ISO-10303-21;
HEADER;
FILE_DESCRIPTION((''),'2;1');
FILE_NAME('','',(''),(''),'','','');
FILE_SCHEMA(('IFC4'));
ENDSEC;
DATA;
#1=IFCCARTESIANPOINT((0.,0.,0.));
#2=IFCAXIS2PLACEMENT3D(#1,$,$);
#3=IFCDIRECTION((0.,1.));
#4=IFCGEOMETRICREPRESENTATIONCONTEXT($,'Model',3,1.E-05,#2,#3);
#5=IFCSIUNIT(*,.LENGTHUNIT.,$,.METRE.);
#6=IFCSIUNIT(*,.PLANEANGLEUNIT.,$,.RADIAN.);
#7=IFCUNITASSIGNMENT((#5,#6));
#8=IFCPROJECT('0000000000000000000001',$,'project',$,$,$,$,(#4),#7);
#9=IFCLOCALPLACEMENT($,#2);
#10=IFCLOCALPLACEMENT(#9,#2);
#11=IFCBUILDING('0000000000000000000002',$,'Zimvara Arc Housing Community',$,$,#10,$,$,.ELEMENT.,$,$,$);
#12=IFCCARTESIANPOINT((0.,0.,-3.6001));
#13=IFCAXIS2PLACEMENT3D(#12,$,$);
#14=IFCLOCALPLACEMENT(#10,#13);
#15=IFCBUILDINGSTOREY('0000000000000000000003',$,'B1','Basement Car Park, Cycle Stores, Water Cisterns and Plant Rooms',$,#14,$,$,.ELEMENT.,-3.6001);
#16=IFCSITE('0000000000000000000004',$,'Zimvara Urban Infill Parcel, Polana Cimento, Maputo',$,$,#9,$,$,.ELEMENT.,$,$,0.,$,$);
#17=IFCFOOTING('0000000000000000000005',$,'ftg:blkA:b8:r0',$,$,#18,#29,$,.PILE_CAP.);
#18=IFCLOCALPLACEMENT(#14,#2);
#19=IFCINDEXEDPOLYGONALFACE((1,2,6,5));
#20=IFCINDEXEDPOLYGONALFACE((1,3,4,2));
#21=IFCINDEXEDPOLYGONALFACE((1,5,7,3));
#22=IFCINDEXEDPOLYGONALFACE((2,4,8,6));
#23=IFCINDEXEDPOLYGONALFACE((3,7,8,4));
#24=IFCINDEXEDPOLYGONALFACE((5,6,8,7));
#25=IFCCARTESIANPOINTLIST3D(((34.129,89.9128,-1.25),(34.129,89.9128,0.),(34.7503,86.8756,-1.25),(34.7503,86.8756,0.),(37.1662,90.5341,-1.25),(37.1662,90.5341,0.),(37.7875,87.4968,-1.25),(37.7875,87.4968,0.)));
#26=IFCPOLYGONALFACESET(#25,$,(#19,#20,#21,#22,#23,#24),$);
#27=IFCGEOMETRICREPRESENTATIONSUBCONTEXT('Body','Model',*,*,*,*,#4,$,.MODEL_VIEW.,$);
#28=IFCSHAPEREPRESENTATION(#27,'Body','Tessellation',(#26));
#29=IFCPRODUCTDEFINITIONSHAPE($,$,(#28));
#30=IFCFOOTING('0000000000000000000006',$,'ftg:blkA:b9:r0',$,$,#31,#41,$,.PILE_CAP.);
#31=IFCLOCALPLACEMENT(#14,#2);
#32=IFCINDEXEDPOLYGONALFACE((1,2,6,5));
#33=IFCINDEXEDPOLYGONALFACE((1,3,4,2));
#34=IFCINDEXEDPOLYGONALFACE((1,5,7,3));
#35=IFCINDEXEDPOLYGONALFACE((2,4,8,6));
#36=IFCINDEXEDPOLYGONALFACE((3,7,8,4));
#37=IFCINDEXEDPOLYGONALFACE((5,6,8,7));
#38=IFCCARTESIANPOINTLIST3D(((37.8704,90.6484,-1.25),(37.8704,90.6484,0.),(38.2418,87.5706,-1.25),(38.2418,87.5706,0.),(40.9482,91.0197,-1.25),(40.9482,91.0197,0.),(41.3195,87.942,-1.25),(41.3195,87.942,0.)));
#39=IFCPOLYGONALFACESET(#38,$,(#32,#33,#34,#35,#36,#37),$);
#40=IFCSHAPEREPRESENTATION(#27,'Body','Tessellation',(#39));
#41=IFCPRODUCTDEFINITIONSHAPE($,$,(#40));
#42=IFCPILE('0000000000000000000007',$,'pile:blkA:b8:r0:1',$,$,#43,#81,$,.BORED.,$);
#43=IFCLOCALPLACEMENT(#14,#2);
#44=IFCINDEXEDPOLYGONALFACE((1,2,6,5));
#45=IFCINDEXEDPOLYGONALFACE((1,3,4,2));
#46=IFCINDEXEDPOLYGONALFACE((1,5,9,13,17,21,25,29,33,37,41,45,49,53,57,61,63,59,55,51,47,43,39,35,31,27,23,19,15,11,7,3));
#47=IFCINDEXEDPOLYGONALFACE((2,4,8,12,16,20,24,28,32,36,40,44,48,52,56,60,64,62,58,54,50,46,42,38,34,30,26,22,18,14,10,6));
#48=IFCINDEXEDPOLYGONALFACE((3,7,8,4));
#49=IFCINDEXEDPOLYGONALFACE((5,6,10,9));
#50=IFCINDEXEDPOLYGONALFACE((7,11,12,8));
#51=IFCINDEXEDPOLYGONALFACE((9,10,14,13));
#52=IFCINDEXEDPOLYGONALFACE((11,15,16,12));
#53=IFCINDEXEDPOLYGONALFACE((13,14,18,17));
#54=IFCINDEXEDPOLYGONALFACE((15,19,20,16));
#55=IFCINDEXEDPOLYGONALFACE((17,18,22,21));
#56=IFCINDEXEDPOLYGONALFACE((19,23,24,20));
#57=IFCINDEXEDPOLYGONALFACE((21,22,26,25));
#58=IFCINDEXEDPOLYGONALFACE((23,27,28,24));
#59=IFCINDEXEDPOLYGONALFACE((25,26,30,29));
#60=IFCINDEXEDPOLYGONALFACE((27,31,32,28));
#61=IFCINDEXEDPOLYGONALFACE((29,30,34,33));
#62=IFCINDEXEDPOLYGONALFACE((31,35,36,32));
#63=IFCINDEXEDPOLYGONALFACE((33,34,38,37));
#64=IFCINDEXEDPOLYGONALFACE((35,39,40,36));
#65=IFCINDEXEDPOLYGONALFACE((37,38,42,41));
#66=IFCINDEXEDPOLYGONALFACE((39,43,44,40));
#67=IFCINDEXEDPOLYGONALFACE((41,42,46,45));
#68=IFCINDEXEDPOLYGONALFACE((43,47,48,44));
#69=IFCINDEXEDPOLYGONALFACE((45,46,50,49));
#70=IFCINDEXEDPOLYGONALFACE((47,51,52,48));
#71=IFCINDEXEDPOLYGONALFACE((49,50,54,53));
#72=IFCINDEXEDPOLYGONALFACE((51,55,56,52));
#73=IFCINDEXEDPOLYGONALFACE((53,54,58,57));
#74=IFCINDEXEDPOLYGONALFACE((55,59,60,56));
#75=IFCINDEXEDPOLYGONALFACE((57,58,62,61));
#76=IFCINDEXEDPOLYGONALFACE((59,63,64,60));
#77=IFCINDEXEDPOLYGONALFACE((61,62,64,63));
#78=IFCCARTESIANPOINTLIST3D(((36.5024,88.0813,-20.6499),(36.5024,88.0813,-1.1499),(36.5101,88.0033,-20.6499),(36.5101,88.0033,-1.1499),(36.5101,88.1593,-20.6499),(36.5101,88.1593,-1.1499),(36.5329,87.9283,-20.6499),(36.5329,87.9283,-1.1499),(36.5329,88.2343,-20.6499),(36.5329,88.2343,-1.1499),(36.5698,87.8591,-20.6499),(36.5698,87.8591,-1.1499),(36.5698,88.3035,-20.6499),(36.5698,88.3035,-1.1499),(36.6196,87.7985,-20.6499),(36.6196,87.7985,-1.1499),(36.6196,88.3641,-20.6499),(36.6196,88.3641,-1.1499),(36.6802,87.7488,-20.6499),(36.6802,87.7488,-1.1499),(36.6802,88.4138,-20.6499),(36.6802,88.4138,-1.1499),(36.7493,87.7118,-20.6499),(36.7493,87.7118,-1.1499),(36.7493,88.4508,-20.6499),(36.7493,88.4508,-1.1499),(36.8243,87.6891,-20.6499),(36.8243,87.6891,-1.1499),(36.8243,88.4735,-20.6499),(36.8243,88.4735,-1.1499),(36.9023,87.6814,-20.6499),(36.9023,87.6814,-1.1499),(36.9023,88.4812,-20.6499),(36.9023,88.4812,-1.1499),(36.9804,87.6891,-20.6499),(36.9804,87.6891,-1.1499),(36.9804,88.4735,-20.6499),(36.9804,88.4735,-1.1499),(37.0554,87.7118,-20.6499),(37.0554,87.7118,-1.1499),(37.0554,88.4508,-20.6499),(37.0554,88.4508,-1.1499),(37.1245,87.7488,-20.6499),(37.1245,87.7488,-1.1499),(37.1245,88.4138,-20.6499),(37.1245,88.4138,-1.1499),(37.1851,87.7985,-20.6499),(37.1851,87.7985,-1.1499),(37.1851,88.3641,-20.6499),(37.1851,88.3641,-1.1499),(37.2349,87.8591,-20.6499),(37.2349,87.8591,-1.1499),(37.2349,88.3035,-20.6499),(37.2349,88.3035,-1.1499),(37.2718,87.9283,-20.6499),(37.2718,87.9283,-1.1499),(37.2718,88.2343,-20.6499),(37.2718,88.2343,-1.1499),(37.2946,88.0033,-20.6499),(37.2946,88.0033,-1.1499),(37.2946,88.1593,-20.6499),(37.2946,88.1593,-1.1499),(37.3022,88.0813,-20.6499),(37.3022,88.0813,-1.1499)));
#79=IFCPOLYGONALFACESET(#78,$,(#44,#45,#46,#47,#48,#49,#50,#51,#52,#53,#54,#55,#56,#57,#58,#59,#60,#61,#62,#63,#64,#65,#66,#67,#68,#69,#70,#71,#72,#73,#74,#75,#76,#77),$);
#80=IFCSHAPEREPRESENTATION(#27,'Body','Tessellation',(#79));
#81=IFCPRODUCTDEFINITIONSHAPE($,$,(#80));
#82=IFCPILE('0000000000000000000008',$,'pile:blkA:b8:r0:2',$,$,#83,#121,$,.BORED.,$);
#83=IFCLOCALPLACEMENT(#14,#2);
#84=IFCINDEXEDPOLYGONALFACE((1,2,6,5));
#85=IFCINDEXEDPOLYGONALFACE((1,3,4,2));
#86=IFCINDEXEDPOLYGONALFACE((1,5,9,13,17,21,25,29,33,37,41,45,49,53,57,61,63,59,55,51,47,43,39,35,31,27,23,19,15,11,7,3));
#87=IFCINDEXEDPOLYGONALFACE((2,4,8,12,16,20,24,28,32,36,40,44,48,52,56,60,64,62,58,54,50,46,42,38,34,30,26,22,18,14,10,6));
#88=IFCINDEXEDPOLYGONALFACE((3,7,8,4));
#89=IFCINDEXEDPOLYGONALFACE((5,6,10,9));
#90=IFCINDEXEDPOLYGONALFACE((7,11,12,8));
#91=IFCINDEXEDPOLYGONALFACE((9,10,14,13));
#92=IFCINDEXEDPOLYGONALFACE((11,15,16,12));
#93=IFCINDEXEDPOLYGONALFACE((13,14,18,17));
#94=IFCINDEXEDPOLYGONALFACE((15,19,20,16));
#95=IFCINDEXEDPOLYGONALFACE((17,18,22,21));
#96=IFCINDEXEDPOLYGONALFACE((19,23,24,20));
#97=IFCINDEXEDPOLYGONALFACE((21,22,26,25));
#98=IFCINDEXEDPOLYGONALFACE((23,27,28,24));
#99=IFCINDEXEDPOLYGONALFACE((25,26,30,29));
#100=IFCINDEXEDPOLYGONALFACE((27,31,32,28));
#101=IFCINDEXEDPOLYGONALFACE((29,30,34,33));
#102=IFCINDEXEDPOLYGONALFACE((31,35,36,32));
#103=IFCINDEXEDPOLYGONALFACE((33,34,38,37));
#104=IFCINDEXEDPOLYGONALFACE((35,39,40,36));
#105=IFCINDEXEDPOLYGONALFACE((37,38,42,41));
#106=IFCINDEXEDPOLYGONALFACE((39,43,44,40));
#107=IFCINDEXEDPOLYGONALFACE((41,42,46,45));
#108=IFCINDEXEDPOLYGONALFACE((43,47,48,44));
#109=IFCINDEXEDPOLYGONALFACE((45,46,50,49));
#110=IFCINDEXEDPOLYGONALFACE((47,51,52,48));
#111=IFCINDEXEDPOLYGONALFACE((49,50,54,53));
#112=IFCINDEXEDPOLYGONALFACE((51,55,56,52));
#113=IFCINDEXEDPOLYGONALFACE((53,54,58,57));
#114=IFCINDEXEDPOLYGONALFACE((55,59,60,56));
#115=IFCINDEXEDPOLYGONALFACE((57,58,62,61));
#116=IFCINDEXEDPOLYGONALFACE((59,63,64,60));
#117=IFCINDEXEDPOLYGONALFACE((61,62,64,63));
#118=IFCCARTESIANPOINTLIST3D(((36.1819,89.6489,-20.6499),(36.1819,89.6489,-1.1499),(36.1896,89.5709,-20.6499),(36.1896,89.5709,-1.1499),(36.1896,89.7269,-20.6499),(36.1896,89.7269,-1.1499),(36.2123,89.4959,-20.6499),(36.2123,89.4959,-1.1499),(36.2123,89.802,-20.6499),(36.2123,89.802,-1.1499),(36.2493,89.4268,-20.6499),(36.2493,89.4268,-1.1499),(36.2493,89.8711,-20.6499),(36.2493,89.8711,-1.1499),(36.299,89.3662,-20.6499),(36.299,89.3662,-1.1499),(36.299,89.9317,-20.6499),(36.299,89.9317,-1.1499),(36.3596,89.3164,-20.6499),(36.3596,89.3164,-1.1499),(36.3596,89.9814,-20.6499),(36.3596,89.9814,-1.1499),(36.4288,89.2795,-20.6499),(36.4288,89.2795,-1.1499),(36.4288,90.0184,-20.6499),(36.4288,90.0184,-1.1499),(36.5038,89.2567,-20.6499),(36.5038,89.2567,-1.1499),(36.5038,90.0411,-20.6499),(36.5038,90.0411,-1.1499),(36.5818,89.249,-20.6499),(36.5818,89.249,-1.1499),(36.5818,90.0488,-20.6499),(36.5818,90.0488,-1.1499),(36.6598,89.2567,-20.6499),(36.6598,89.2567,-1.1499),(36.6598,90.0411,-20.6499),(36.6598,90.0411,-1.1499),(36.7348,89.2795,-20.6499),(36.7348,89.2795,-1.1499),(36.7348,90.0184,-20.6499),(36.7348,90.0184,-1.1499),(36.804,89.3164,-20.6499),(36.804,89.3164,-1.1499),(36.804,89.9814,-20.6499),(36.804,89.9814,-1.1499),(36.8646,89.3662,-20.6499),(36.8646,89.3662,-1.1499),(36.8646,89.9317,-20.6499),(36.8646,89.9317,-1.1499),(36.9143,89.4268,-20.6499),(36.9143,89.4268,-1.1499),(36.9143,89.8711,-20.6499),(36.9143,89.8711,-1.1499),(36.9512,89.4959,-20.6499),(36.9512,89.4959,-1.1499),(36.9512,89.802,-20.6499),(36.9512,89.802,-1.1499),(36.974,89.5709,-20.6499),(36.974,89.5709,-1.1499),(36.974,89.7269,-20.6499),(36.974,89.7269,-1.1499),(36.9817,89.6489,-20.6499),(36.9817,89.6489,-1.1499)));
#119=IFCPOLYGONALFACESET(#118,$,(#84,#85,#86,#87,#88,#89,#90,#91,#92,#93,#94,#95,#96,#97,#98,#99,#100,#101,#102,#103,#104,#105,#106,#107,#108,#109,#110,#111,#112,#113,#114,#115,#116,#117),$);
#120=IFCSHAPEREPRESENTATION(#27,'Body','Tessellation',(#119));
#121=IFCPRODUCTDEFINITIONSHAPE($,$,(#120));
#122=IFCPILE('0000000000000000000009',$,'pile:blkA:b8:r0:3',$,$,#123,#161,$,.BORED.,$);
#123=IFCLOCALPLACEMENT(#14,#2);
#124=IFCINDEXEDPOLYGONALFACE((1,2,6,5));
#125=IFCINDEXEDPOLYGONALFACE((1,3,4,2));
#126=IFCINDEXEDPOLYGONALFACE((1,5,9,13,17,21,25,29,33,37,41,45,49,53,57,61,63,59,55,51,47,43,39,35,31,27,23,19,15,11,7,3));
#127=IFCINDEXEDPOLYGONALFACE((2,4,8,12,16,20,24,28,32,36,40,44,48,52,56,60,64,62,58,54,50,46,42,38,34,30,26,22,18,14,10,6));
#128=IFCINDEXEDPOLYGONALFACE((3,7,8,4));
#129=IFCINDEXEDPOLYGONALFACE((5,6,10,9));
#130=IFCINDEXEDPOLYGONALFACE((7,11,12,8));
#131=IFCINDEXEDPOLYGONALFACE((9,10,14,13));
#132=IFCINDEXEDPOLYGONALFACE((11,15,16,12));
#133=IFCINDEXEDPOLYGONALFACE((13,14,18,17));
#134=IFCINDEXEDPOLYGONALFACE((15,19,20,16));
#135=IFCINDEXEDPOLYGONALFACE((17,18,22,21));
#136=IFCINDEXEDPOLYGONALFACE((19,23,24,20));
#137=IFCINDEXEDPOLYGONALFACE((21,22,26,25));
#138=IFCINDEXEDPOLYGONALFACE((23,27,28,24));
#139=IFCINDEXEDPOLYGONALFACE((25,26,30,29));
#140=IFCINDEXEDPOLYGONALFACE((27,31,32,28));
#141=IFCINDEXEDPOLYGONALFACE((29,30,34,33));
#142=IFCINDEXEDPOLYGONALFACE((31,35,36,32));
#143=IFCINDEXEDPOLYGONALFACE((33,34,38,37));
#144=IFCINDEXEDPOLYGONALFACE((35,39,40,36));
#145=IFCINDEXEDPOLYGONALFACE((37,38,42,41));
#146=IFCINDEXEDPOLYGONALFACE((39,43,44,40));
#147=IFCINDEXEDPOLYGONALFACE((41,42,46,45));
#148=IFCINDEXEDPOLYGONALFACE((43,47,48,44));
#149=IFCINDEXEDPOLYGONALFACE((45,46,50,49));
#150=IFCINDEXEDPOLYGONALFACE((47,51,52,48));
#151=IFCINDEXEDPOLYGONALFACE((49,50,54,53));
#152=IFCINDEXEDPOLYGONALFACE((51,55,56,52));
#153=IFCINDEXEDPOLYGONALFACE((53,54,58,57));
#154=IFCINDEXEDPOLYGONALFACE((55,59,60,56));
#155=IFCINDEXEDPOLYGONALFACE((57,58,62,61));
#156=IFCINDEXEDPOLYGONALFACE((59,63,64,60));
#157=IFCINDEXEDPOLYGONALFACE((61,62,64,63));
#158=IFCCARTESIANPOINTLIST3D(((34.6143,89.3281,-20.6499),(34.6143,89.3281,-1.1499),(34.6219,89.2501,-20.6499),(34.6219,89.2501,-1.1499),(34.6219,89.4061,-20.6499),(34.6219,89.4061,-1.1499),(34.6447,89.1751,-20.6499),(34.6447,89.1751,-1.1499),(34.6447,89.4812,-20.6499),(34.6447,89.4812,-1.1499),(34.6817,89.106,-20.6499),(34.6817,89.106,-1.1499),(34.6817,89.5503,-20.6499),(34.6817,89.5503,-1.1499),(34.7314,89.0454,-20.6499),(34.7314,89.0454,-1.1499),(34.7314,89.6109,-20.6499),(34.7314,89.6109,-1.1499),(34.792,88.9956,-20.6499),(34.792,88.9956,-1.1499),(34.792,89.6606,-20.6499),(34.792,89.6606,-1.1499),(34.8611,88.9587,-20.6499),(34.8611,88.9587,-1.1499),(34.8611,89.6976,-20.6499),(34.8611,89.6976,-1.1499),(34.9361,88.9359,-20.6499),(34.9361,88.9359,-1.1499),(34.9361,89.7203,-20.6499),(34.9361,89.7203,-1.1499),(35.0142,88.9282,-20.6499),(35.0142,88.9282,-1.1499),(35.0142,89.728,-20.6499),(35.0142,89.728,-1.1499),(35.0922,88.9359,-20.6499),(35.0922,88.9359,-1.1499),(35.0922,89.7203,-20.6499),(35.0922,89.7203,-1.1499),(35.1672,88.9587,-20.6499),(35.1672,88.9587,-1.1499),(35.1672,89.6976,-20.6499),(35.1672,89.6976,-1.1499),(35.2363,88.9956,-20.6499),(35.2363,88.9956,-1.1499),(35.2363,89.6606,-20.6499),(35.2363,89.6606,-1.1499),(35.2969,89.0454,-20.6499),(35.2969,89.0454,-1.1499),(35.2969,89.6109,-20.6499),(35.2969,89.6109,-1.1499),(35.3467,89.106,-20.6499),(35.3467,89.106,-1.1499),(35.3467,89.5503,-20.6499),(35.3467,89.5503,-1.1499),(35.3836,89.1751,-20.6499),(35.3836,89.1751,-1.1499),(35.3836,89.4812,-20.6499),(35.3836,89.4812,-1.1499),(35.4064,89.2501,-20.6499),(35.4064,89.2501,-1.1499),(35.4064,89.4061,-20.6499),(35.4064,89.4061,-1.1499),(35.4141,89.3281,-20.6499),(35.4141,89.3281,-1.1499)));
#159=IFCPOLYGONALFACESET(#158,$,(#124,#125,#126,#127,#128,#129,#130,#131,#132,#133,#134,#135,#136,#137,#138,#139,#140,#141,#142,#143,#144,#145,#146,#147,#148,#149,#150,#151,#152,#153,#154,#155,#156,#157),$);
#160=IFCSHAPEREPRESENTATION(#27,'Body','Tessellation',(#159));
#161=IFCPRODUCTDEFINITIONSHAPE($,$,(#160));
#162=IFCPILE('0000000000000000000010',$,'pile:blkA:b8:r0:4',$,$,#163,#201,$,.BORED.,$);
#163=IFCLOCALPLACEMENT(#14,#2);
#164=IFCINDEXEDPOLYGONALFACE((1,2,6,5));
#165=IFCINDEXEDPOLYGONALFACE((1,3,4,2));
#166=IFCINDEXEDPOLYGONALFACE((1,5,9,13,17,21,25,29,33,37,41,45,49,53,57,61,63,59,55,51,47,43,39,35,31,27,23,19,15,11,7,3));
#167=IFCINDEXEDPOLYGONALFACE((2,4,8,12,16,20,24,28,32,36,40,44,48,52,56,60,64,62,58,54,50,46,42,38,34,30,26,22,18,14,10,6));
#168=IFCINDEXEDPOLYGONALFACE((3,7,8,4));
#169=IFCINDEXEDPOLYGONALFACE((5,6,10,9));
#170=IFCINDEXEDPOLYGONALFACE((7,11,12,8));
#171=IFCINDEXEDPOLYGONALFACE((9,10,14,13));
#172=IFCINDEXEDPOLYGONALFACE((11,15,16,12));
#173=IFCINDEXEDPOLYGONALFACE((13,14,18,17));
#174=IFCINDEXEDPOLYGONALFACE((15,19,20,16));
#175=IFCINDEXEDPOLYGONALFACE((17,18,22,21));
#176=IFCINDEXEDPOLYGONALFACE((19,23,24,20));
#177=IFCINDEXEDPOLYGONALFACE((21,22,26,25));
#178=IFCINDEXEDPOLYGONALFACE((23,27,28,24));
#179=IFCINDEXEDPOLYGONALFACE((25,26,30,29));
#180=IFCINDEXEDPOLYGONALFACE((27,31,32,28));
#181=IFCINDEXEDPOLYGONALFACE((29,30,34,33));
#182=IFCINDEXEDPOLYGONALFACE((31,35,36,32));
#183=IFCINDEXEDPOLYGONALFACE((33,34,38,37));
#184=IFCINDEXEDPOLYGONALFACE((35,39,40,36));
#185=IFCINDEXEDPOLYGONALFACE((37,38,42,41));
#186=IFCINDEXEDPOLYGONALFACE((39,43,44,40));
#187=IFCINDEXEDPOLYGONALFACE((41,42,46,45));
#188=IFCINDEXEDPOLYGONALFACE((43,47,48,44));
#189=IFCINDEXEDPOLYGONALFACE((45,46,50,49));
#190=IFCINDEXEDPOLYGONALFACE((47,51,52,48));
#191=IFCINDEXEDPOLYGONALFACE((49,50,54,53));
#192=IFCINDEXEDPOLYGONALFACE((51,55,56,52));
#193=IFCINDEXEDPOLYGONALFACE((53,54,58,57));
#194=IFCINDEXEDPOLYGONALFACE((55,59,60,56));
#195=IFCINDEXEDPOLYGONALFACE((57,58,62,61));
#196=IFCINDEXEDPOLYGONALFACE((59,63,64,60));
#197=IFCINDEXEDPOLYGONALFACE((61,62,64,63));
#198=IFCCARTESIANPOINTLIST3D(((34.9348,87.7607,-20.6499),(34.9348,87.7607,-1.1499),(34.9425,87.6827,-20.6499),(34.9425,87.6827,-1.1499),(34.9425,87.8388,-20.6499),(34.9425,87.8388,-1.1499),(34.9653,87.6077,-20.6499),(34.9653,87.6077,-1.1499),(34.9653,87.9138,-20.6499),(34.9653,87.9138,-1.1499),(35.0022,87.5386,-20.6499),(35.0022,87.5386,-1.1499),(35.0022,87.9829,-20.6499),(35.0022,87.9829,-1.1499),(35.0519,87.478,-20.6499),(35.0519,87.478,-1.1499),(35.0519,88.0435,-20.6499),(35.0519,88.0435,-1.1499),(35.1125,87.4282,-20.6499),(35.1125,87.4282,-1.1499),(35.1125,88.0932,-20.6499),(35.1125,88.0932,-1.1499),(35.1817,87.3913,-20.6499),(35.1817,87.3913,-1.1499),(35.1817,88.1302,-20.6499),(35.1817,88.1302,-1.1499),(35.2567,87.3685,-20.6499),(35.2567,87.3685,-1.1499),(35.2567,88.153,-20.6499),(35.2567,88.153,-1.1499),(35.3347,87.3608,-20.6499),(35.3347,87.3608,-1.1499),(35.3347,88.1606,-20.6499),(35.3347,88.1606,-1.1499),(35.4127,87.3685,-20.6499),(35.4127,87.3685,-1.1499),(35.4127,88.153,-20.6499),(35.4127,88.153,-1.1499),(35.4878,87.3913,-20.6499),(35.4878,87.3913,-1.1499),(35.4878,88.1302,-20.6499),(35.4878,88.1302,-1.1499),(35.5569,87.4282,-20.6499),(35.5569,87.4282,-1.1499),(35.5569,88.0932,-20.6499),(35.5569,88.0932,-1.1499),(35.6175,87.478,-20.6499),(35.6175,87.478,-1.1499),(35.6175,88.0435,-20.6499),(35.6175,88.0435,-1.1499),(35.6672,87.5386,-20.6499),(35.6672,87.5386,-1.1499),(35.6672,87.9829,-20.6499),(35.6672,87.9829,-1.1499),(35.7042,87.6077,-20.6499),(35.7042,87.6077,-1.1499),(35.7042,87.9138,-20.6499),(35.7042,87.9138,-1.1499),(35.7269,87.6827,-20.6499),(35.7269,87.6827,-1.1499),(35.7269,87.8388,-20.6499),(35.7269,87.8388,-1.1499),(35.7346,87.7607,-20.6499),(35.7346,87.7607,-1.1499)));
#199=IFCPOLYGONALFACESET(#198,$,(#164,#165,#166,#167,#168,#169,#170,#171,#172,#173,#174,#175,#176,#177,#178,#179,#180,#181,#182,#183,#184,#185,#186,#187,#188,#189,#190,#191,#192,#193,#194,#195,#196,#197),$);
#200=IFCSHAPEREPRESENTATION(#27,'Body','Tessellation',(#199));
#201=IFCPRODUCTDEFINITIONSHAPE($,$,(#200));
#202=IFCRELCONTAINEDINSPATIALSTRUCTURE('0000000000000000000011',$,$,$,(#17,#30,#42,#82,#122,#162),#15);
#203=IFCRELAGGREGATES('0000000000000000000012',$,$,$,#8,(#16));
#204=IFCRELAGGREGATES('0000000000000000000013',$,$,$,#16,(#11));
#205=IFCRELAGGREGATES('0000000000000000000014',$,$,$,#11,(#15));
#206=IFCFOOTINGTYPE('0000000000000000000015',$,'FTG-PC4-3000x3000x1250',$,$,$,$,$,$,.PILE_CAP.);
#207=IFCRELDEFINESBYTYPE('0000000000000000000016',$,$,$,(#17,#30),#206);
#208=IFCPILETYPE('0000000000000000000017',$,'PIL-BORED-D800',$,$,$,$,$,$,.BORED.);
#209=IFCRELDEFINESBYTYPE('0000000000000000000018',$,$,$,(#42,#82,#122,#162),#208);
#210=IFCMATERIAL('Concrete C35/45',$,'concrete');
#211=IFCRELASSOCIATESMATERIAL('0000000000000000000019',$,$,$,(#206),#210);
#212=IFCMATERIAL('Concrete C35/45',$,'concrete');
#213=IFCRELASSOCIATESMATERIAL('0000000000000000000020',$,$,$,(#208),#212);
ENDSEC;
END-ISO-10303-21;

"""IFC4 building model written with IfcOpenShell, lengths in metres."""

from ifc_helpers import new_model, si_unit, direction, frame, origin, origin_2d, place, context, subcontext, project, spatial, rectangle, circle, extrude, material, material_profile, profile_set, type_object, element, save


model = new_model("IFC4")

# Units and contexts
model_context = context("Model", 3, precision=1e-05, world=origin(), true_north=direction((0.0, 1.0)))
body_context = subcontext(model_context, "Body", "Model", "MODEL_VIEW")
ifc_project = project(units=[si_unit("LENGTHUNIT", "METRE"), si_unit("PLANEANGLEUNIT", "RADIAN")], contexts=[model_context])

# Site, building, storey
site_placement = place(None, origin())
site = spatial("IfcSite", under=ifc_project, at=site_placement, Name="Zimvara Urban Infill Parcel, Polana Cimento, Maputo", CompositionType="ELEMENT", RefElevation=0.0)
building_placement = place(site_placement, origin())
building = spatial("IfcBuilding", under=site, at=building_placement, Name="Zimvara Arc Housing Community", CompositionType="ELEMENT")
storey_placement = place(building_placement, frame((0.0, 0.0, -3.6001)))
storey = spatial("IfcBuildingStorey", under=building, at=storey_placement, Name="B1", Description="Basement Car Park, Cycle Stores, Water Cisterns and Plant Rooms", CompositionType="ELEMENT", Elevation=-3.6001)

# Footings
ifc_material_1 = material(Name="Concrete C35/45", Category="concrete")
footing_type = type_object("IfcFootingType", Name="FTG-PC4-3000x3000x1250", PredefinedType="PILE_CAP", material=ifc_material_1)
for number, where, z_axis, x_axis, name in (
    (1, (35.9583, 88.7048, -1.25), (0.0, 0.0, 1.0), (-0.200394, 0.979715, 0.0), "ftg:blkA:b8:r0"),
    (2, (39.595, 89.2952, -1.25), (0.0, 0.0, 1.0), (-0.11979, 0.992799, 0.0), "ftg:blkA:b9:r0"),
):
    element("IfcFooting", number, at=place(storey_placement, frame(where, z_axis=z_axis, x_axis=x_axis)), inside=storey, type_object=footing_type, Name=name, PredefinedType="PILE_CAP", context=body_context, shape_type="SweptSolid", body=[
        extrude(rectangle(XDim=3.1001, YDim=3.1001, at=origin_2d()), origin(), (0.0, 0.0, 1.0), 1.25),
    ])

# Piles
ifc_material_2 = material(Name="Concrete C35/45", Category="concrete")
ifc_material_profile_1 = material_profile(ifc_material_2, circle(Radius=0.3999, at=origin_2d()), Name="PILE D800")
ifc_profile_set_1 = profile_set([ifc_material_profile_1], Name="Concrete C35/45")
pile_type = type_object("IfcPileType", Name="PIL-BORED-D800", PredefinedType="BORED", material=ifc_profile_set_1)
for number, where, z_axis, x_axis, name in (
    (3, (36.9023, 88.0813, -1.1499), (0.0, 0.0, -1.0), (1.0, 0.0, 0.0), "pile:blkA:b8:r0:1"),
    (4, (36.5818, 89.6489, -1.1499), (0.0, 0.0, -1.0), (1.0, 0.0, 0.0), "pile:blkA:b8:r0:2"),
    (5, (35.0142, 89.3281, -1.1499), (0.0, 0.0, -1.0), (1.0, 0.0, 0.0), "pile:blkA:b8:r0:3"),
    (6, (35.3347, 87.7607, -1.1499), (0.0, 0.0, -1.0), (1.0, 0.0, 0.0), "pile:blkA:b8:r0:4"),
):
    element("IfcPile", number, at=place(storey_placement, frame(where, z_axis=z_axis, x_axis=x_axis)), inside=storey, type_object=pile_type, Name=name, PredefinedType="BORED", context=body_context, shape_type="SweptSolid", body=[
        extrude(circle(Radius=0.3999, at=origin_2d()), origin(), (0.0, 0.0, 1.0), 19.5),
    ])

save(model, "model.ifc")
